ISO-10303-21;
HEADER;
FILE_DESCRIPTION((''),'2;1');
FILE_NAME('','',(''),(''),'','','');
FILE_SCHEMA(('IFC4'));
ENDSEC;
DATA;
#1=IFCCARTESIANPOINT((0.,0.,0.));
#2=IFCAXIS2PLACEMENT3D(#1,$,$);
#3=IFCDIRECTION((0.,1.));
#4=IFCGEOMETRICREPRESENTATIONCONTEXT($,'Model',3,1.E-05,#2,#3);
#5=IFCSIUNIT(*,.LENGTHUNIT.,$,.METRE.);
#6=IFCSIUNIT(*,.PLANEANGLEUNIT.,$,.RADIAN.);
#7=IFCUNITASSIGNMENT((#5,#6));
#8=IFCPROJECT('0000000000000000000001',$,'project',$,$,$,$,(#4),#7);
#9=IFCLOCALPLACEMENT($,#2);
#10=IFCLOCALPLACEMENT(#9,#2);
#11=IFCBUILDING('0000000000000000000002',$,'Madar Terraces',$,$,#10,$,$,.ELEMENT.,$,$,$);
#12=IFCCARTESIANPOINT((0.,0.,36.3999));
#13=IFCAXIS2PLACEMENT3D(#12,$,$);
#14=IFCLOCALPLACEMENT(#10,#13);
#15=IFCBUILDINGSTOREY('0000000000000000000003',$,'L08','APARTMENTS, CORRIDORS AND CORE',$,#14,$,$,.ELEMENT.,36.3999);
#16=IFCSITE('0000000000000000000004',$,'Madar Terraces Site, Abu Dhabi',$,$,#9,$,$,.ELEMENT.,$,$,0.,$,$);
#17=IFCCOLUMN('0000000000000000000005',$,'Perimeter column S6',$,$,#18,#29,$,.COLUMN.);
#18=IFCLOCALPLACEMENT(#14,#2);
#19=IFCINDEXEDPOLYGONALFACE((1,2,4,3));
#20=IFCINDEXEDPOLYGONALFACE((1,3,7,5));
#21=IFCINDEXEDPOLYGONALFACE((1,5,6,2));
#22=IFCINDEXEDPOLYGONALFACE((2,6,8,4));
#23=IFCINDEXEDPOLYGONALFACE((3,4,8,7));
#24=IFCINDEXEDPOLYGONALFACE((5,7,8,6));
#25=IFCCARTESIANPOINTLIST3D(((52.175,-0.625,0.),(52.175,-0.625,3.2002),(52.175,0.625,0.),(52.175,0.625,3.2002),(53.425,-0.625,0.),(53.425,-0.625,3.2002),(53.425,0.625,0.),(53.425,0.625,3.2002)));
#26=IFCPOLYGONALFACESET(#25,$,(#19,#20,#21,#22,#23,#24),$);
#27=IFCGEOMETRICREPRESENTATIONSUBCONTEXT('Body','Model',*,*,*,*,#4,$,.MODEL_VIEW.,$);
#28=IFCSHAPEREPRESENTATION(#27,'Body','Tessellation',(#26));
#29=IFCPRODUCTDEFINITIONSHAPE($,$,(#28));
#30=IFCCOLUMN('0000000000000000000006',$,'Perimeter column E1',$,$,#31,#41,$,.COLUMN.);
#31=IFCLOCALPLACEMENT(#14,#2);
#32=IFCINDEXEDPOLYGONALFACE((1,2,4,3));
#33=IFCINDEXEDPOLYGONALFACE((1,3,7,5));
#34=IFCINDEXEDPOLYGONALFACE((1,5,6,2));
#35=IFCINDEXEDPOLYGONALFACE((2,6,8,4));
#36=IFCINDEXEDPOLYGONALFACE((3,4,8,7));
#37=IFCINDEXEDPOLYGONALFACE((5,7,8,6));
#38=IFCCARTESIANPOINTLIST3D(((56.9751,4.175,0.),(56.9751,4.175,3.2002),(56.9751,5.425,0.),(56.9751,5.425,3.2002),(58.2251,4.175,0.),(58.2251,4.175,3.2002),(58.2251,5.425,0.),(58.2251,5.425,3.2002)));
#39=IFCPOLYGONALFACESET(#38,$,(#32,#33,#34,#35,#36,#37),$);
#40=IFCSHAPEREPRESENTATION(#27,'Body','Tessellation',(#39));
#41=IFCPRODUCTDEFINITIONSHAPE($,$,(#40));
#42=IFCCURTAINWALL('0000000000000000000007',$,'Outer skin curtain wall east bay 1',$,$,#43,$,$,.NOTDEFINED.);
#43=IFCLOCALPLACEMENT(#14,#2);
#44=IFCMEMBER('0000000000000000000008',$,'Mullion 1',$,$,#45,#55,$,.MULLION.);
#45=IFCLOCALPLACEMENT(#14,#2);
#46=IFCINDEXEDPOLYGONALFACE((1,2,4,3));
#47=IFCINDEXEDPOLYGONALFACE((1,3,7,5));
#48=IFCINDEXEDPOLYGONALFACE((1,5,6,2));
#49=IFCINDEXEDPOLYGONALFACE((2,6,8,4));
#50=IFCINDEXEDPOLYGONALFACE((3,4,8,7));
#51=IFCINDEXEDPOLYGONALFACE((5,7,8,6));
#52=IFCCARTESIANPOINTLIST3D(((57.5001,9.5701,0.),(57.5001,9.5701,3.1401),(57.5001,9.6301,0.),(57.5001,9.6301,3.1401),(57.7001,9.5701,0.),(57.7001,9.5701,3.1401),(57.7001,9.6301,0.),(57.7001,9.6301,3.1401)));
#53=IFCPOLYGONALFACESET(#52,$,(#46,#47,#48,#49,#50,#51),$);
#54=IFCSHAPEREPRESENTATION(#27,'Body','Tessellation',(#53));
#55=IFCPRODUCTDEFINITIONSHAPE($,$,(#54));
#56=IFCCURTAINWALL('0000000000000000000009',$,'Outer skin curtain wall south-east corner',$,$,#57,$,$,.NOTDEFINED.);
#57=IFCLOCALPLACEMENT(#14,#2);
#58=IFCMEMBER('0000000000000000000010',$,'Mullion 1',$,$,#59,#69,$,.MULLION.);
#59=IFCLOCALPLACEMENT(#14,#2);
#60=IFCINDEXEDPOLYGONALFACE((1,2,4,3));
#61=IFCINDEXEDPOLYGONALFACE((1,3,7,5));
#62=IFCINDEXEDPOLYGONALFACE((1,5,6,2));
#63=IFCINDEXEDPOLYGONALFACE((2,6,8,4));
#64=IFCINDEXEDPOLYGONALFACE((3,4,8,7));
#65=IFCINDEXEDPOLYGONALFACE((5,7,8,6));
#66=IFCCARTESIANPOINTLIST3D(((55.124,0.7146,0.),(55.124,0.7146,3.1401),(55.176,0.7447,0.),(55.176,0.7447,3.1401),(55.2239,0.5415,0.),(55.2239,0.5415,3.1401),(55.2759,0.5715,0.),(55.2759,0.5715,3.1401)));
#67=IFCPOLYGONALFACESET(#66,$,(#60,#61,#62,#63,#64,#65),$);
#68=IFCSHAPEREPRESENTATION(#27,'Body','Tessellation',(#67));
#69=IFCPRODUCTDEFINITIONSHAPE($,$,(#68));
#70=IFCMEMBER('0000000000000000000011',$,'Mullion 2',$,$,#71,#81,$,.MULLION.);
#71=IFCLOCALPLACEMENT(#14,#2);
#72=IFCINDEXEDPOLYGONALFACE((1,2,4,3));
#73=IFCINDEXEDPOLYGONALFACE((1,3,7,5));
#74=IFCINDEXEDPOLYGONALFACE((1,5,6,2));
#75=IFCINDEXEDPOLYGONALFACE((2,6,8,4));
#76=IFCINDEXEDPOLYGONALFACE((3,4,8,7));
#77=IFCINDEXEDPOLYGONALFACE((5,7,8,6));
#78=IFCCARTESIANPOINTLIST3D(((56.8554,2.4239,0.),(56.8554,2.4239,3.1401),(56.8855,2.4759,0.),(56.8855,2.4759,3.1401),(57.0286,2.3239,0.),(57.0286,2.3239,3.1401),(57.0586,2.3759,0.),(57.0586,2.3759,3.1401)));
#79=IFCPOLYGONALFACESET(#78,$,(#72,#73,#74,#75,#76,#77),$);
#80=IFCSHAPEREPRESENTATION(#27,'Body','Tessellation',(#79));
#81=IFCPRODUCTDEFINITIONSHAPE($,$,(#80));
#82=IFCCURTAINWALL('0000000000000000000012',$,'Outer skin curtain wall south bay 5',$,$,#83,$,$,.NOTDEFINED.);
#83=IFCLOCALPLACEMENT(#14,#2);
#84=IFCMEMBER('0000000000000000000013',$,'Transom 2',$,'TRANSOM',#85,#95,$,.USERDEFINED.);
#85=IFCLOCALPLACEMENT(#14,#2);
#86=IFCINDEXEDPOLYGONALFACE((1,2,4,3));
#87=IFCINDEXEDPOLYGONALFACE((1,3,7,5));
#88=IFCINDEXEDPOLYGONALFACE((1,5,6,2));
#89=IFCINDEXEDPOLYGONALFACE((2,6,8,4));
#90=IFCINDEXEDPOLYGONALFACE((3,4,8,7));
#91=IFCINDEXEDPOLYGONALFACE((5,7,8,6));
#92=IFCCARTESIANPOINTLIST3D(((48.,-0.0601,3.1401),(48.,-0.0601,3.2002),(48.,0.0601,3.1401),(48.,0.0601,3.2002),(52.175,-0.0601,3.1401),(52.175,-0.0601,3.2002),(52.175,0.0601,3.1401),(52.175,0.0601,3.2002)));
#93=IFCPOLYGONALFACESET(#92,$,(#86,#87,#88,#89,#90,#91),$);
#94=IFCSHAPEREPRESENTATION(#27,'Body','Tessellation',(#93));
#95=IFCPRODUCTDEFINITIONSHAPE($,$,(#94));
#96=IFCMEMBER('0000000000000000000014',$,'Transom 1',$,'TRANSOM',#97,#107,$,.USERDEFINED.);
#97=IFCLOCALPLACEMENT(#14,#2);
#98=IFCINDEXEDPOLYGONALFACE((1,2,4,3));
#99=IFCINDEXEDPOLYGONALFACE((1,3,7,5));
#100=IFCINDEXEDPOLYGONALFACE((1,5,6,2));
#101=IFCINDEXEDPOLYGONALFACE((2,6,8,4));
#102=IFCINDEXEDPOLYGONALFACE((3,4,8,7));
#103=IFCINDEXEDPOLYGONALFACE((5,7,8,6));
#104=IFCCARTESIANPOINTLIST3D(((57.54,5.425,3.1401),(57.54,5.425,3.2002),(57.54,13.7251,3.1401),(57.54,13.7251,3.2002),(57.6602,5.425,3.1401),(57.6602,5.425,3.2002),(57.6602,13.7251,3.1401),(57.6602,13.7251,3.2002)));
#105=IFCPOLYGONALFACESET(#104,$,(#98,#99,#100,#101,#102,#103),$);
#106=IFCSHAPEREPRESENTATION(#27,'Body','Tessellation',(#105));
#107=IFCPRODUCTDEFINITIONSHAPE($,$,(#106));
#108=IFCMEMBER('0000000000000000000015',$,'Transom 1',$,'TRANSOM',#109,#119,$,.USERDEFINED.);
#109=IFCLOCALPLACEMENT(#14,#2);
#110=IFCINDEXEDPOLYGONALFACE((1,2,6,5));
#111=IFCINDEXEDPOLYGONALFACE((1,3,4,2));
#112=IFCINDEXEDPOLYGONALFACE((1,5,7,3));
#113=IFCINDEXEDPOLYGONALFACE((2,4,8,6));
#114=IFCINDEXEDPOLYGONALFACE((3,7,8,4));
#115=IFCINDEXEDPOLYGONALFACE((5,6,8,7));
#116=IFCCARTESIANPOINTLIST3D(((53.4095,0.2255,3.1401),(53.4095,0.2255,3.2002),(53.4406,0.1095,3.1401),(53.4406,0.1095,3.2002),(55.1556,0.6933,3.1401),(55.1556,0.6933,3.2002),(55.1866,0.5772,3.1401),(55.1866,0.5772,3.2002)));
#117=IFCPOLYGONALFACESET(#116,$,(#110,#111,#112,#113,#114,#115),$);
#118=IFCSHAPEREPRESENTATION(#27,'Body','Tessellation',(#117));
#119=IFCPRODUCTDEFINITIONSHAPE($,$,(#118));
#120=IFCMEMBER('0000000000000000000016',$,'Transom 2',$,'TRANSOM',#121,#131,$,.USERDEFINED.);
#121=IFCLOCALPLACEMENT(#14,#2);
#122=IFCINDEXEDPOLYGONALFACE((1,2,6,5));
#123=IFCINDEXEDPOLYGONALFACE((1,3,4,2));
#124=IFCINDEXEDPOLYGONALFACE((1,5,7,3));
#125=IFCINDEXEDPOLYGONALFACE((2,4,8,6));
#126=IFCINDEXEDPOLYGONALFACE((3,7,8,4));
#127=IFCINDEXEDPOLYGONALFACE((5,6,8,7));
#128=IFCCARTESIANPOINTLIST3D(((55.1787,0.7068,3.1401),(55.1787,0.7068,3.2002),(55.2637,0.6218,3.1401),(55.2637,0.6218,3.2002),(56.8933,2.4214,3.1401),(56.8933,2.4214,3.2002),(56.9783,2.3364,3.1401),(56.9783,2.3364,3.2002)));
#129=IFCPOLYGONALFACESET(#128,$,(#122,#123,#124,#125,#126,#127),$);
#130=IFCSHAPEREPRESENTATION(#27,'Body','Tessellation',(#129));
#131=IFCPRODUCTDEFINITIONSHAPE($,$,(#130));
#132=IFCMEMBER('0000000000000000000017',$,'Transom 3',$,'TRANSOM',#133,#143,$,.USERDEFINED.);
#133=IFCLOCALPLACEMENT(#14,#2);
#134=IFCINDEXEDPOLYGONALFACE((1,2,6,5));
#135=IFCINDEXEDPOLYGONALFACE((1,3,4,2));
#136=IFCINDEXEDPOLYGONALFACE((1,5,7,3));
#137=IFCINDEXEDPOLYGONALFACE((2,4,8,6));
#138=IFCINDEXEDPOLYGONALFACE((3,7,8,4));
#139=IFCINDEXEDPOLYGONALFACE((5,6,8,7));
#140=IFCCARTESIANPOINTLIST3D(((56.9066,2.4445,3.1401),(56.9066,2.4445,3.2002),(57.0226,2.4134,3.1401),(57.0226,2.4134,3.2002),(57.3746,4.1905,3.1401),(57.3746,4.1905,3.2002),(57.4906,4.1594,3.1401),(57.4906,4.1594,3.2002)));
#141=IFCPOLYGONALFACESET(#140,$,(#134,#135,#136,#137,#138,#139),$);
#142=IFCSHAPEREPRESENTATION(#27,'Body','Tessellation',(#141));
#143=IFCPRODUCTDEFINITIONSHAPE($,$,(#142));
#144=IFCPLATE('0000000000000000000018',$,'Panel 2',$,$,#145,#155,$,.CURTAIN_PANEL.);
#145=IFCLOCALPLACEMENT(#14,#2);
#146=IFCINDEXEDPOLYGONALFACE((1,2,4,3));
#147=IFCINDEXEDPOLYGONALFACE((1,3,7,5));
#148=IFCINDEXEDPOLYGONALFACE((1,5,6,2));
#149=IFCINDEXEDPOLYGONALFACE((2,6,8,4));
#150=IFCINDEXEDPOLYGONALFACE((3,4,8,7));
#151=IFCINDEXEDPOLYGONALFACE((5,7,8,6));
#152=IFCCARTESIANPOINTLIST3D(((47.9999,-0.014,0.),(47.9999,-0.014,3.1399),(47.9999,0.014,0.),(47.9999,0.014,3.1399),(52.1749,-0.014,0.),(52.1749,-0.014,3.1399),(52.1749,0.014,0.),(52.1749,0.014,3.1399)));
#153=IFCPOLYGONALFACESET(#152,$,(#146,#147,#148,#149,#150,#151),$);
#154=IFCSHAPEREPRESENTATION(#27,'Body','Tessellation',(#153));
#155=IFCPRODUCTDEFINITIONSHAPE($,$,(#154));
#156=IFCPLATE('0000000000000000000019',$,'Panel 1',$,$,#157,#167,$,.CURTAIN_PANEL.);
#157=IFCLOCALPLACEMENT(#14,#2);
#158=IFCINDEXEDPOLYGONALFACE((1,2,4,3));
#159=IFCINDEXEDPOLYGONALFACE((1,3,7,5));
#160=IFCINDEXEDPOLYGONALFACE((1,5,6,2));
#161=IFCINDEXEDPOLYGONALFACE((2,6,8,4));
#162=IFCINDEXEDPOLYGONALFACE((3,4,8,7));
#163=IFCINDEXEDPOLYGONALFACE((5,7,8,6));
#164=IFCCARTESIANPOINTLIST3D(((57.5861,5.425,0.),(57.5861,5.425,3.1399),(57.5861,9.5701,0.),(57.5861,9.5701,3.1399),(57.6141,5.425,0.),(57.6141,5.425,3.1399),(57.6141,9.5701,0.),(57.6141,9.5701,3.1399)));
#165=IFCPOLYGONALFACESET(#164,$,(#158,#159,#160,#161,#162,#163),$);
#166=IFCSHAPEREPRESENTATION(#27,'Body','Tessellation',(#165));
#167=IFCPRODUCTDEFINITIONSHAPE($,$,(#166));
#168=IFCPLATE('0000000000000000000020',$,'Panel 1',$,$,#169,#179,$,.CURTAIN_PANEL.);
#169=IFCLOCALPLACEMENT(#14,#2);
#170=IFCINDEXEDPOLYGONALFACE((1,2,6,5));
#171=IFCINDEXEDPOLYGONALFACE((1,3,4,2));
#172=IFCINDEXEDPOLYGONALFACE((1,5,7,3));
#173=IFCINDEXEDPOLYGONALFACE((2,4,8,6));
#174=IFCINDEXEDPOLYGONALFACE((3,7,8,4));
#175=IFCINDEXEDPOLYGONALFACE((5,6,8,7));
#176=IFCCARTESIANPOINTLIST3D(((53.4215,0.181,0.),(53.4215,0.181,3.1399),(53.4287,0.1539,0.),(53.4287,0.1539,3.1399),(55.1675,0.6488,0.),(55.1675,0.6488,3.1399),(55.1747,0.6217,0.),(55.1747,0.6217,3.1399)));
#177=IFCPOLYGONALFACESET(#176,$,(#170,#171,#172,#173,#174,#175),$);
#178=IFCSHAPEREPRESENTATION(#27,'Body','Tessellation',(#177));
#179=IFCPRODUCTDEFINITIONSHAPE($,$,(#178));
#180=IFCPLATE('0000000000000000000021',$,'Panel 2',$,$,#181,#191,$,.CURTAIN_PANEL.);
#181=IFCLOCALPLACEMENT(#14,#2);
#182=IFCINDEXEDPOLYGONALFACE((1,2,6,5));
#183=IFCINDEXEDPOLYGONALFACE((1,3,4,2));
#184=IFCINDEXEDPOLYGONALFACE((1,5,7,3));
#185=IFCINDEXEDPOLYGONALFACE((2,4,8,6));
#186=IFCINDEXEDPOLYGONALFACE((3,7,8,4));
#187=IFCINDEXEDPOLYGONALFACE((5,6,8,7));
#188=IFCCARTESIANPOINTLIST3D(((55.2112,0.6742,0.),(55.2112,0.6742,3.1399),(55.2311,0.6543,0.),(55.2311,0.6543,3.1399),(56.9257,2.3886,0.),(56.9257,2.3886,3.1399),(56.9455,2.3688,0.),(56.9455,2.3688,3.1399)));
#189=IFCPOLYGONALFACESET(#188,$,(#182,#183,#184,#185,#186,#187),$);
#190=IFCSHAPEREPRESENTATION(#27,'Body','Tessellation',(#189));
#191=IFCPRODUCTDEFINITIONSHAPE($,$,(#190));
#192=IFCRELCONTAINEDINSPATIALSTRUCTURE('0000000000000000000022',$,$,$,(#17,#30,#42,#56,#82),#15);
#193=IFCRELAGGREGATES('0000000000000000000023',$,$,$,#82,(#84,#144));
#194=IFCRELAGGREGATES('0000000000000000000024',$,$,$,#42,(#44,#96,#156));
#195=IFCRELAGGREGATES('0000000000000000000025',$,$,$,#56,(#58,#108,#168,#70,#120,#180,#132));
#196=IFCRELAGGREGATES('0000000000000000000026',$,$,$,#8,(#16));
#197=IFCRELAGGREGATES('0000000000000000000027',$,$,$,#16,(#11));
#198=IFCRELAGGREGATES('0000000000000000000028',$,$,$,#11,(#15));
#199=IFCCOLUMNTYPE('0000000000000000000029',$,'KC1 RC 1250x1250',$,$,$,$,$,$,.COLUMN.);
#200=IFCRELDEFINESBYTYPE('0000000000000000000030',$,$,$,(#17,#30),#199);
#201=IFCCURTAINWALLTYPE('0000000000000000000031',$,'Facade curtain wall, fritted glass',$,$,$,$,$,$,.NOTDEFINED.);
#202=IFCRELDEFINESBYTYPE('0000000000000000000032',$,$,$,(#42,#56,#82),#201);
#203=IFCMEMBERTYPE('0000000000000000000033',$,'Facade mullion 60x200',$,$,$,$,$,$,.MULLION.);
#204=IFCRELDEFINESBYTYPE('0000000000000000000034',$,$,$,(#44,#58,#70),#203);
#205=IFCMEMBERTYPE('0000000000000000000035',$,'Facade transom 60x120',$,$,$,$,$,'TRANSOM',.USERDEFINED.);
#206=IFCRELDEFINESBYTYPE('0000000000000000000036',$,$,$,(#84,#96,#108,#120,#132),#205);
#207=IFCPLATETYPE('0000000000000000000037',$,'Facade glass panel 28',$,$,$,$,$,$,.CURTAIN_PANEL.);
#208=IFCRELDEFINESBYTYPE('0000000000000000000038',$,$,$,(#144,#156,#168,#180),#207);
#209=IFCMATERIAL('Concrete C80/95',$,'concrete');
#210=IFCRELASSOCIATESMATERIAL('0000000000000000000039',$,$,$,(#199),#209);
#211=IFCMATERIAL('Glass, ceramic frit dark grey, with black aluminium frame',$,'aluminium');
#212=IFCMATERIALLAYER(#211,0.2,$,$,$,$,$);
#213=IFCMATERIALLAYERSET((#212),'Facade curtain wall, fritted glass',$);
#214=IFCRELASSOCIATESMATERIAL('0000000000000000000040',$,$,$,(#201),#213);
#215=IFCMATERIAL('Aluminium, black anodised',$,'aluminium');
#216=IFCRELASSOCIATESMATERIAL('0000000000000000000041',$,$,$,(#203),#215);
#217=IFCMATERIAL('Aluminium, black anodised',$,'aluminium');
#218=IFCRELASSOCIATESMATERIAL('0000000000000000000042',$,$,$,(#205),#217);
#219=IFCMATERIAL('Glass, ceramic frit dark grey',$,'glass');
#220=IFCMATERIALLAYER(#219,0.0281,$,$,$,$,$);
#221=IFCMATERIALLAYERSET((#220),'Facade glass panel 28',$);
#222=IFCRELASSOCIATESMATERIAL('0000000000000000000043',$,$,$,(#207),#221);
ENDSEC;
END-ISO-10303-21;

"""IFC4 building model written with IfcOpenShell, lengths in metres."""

from ifc_helpers import new_model, si_unit, direction, frame, origin, origin_2d, place, context, subcontext, project, spatial, rectangle, extrude, material, layer, layer_set, material_profile, profile_set, type_object, element, aggregate, save


model = new_model("IFC4")

# Units and contexts
model_context = context("Model", 3, precision=1e-05, world=origin(), true_north=direction((0.0, 1.0)))
body_context = subcontext(model_context, "Body", "Model", "MODEL_VIEW")
ifc_project = project(units=[si_unit("LENGTHUNIT", "METRE"), si_unit("PLANEANGLEUNIT", "RADIAN")], contexts=[model_context])

# Site, building, storey
site_placement = place(None, origin())
site = spatial("IfcSite", under=ifc_project, at=site_placement, Name="Madar Terraces Site, Abu Dhabi", CompositionType="ELEMENT", RefElevation=0.0)
building_placement = place(site_placement, origin())
building = spatial("IfcBuilding", under=site, at=building_placement, Name="Madar Terraces", CompositionType="ELEMENT")
storey_placement = place(building_placement, frame((0.0, 0.0, 36.3999)))
storey = spatial("IfcBuildingStorey", under=building, at=storey_placement, Name="L08", Description="APARTMENTS, CORRIDORS AND CORE", CompositionType="ELEMENT", Elevation=36.3999)

# Columns
ifc_material_1 = material(Name="Concrete C80/95", Category="concrete")
ifc_material_profile_1 = material_profile(ifc_material_1, rectangle(XDim=1.25, YDim=1.25, at=origin_2d()), Name="KC1 RC 1250x1250")
ifc_profile_set_1 = profile_set([ifc_material_profile_1], Name="Concrete C80/95")
column_type = type_object("IfcColumnType", Name="KC1 RC 1250x1250", PredefinedType="COLUMN", material=ifc_profile_set_1)
for number, where, z_axis, x_axis, name in (
    (1, (52.8, 0.0, 0.0), (0.0, 0.0, 1.0), (1.0, 0.0, 0.0), "Perimeter column S6"),
    (2, (57.6001, 4.8, 0.0), (0.0, 0.0, 1.0), (1.0, 0.0, 0.0), "Perimeter column E1"),
):
    element("IfcColumn", number, at=place(storey_placement, frame(where, z_axis=z_axis, x_axis=x_axis)), inside=storey, type_object=column_type, Name=name, PredefinedType="COLUMN", context=body_context, shape_type="SweptSolid", body=[
        extrude(rectangle(XDim=1.25, YDim=1.25, at=origin_2d()), origin(), (0.0, 0.0, 1.0), 3.2002),
    ])

# Curtain wall, member
ifc_material_2 = material(Name="Glass, ceramic frit dark grey, with black aluminium frame", Category="aluminium")
ifc_layer_1 = layer(ifc_material_2, 0.2)
ifc_layer_set_1 = layer_set([ifc_layer_1], Name="Facade curtain wall, fritted glass")
curtain_wall_type = type_object("IfcCurtainWallType", Name="Facade curtain wall, fritted glass", PredefinedType="NOTDEFINED", material=ifc_layer_set_1)
curtain_wall_1_placement = place(storey_placement, origin())
curtain_wall_1 = element("IfcCurtainWall", 3, at=curtain_wall_1_placement, inside=storey, type_object=curtain_wall_type, Name="Outer skin curtain wall east bay 1", PredefinedType="NOTDEFINED")
ifc_material_3 = material(Name="Aluminium, black anodised", Category="aluminium")
ifc_material_profile_2 = material_profile(ifc_material_3, rectangle(XDim=0.2, YDim=0.0601, at=origin_2d()), Name="Facade mullion 60x200")
ifc_profile_set_2 = profile_set([ifc_material_profile_2], Name="Aluminium, black anodised")
member_type_1 = type_object("IfcMemberType", Name="Facade mullion 60x200", PredefinedType="MULLION", material=ifc_profile_set_2)
member_1_placement = place(storey_placement, frame((57.6001, 9.6001, 0.0), z_axis=(0.0, 0.0, 1.0), x_axis=(-1.0, 0.0, 0.0)))
member_1 = element("IfcMember", 4, at=member_1_placement, type_object=member_type_1, Name="Mullion 1", PredefinedType="MULLION", context=body_context, shape_type="SweptSolid", body=[
    extrude(rectangle(XDim=0.2, YDim=0.0601, at=origin_2d()), origin(), (0.0, 0.0, 1.0), 3.1401),
])

# Curtain wall, members
curtain_wall_2_placement = place(storey_placement, origin())
curtain_wall_2 = element("IfcCurtainWall", 5, at=curtain_wall_2_placement, inside=storey, type_object=curtain_wall_type, Name="Outer skin curtain wall south-east corner", PredefinedType="NOTDEFINED")
member_2_placement = place(storey_placement, frame((55.2, 0.6431, 0.0), z_axis=(0.0, 0.0, 1.0), x_axis=(-0.5, 0.866025, 0.0)))
member_2 = element("IfcMember", 6, at=member_2_placement, type_object=member_type_1, Name="Mullion 1", PredefinedType="MULLION", context=body_context, shape_type="SweptSolid", body=[
    extrude(rectangle(XDim=0.2, YDim=0.0601, at=origin_2d()), origin(), (0.0, 0.0, 1.0), 3.1401),
])
member_3_placement = place(storey_placement, frame((56.957, 2.3999, 0.0), z_axis=(0.0, 0.0, 1.0), x_axis=(-0.866025, 0.5, 0.0)))
member_3 = element("IfcMember", 7, at=member_3_placement, type_object=member_type_1, Name="Mullion 2", PredefinedType="MULLION", context=body_context, shape_type="SweptSolid", body=[
    extrude(rectangle(XDim=0.2, YDim=0.0601, at=origin_2d()), origin(), (0.0, 0.0, 1.0), 3.1401),
])

# Curtain wall, member
curtain_wall_3_placement = place(storey_placement, origin())
curtain_wall_3 = element("IfcCurtainWall", 8, at=curtain_wall_3_placement, inside=storey, type_object=curtain_wall_type, Name="Outer skin curtain wall south bay 5", PredefinedType="NOTDEFINED")
ifc_material_4 = material(Name="Aluminium, black anodised", Category="aluminium")
ifc_material_profile_3 = material_profile(ifc_material_4, rectangle(XDim=0.1201, YDim=0.0601, at=origin_2d()), Name="Facade transom 60x120")
ifc_profile_set_3 = profile_set([ifc_material_profile_3], Name="Aluminium, black anodised")
member_type_2 = type_object("IfcMemberType", Name="Facade transom 60x120", ElementType="TRANSOM", PredefinedType="USERDEFINED", material=ifc_profile_set_3)
member_4_placement = place(storey_placement, frame((48.0, 0.0, 3.1702), z_axis=(1.0, 0.0, 0.0), x_axis=(0.0, 1.0, 0.0)))
member_4 = element("IfcMember", 9, at=member_4_placement, type_object=member_type_2, Name="Transom 2", ObjectType="TRANSOM", PredefinedType="USERDEFINED", context=body_context, shape_type="SweptSolid", body=[
    extrude(rectangle(XDim=0.1201, YDim=0.0601, at=origin_2d()), origin(), (0.0, 0.0, 1.0), 4.175),
])

# Members
member_5_placement = place(storey_placement, frame((57.6001, 5.425, 3.1702), z_axis=(0.0, 1.0, 0.0), x_axis=(-1.0, 0.0, 0.0)))
member_5 = element("IfcMember", 10, at=member_5_placement, type_object=member_type_2, Name="Transom 1", ObjectType="TRANSOM", PredefinedType="USERDEFINED", context=body_context, shape_type="SweptSolid", body=[
    extrude(rectangle(XDim=0.1201, YDim=0.0601, at=origin_2d()), origin(), (0.0, 0.0, 1.0), 8.3),
])
member_6_placement = place(storey_placement, frame((53.425, 0.1675, 3.1702), z_axis=(0.965938, 0.258772, 0.0), x_axis=(-0.258772, 0.965938, 0.0)))
member_6 = element("IfcMember", 11, at=member_6_placement, type_object=member_type_2, Name="Transom 1", ObjectType="TRANSOM", PredefinedType="USERDEFINED", context=body_context, shape_type="SweptSolid", body=[
    extrude(rectangle(XDim=0.1201, YDim=0.0601, at=origin_2d()), origin(), (0.0, 0.0, 1.0), 1.8076),
])
member_7_placement = place(storey_placement, frame((55.2212, 0.6643, 3.1702), z_axis=(0.707107, 0.707107, 0.0), x_axis=(-0.707107, 0.707107, 0.0)))
member_7 = element("IfcMember", 12, at=member_7_placement, type_object=member_type_2, Name="Transom 2", ObjectType="TRANSOM", PredefinedType="USERDEFINED", context=body_context, shape_type="SweptSolid", body=[
    extrude(rectangle(XDim=0.1201, YDim=0.0601, at=origin_2d()), origin(), (0.0, 0.0, 1.0), 2.4248),
])
member_8_placement = place(storey_placement, frame((56.9646, 2.429, 3.1702), z_axis=(0.258898, 0.965905, 0.0), x_axis=(-0.965905, 0.258898, 0.0)))
member_8 = element("IfcMember", 13, at=member_8_placement, type_object=member_type_2, Name="Transom 3", ObjectType="TRANSOM", PredefinedType="USERDEFINED", context=body_context, shape_type="SweptSolid", body=[
    extrude(rectangle(XDim=0.1201, YDim=0.0601, at=origin_2d()), origin(), (0.0, 0.0, 1.0), 1.8076),
])

# Plates
ifc_material_5 = material(Name="Glass, ceramic frit dark grey", Category="glass")
ifc_layer_2 = layer(ifc_material_5, 0.0281)
ifc_layer_set_2 = layer_set([ifc_layer_2], Name="Facade glass panel 28")
plate_type = type_object("IfcPlateType", Name="Facade glass panel 28", PredefinedType="CURTAIN_PANEL", material=ifc_layer_set_2)
plate_1_placement = place(storey_placement, frame((50.0874, 0.0, 0.0), z_axis=(0.0, 0.0, 1.0), x_axis=(1.0, 0.0, 0.0)))
plate_1 = element("IfcPlate", 14, at=plate_1_placement, type_object=plate_type, Name="Panel 2", PredefinedType="CURTAIN_PANEL", context=body_context, shape_type="SweptSolid", body=[
    extrude(rectangle(XDim=4.175, YDim=0.0281, at=origin_2d()), origin(), (0.0, 0.0, 1.0), 3.1399),
])
aggregate(curtain_wall_3, [member_4, plate_1])
plate_2_placement = place(storey_placement, frame((57.6001, 7.4976, 0.0), z_axis=(0.0, 0.0, 1.0), x_axis=(0.0, 1.0, 0.0)))
plate_2 = element("IfcPlate", 15, at=plate_2_placement, type_object=plate_type, Name="Panel 1", PredefinedType="CURTAIN_PANEL", context=body_context, shape_type="SweptSolid", body=[
    extrude(rectangle(XDim=4.145, YDim=0.0281, at=origin_2d()), origin(), (0.0, 0.0, 1.0), 3.1399),
])
aggregate(curtain_wall_1, [member_1, member_5, plate_2])
plate_3_placement = place(storey_placement, frame((54.2981, 0.4014, 0.0), z_axis=(0.0, 0.0, 1.0), x_axis=(0.965926, 0.258819, 0.0)))
plate_3 = element("IfcPlate", 16, at=plate_3_placement, type_object=plate_type, Name="Panel 1", PredefinedType="CURTAIN_PANEL", context=body_context, shape_type="SweptSolid", body=[
    extrude(rectangle(XDim=1.8076, YDim=0.0281, at=origin_2d()), origin(), (0.0, 0.0, 1.0), 3.1399),
])
plate_4_placement = place(storey_placement, frame((56.0784, 1.5215, 0.0), z_axis=(0.0, 0.0, 1.0), x_axis=(0.707107, 0.707107, 0.0)))
plate_4 = element("IfcPlate", 17, at=plate_4_placement, type_object=plate_type, Name="Panel 2", PredefinedType="CURTAIN_PANEL", context=body_context, shape_type="SweptSolid", body=[
    extrude(rectangle(XDim=2.4246, YDim=0.0281, at=origin_2d()), origin(), (0.0, 0.0, 1.0), 3.1399),
])
aggregate(curtain_wall_2, [member_2, member_6, plate_3, member_3, member_7, plate_4, member_8])

save(model, "model.ifc")
